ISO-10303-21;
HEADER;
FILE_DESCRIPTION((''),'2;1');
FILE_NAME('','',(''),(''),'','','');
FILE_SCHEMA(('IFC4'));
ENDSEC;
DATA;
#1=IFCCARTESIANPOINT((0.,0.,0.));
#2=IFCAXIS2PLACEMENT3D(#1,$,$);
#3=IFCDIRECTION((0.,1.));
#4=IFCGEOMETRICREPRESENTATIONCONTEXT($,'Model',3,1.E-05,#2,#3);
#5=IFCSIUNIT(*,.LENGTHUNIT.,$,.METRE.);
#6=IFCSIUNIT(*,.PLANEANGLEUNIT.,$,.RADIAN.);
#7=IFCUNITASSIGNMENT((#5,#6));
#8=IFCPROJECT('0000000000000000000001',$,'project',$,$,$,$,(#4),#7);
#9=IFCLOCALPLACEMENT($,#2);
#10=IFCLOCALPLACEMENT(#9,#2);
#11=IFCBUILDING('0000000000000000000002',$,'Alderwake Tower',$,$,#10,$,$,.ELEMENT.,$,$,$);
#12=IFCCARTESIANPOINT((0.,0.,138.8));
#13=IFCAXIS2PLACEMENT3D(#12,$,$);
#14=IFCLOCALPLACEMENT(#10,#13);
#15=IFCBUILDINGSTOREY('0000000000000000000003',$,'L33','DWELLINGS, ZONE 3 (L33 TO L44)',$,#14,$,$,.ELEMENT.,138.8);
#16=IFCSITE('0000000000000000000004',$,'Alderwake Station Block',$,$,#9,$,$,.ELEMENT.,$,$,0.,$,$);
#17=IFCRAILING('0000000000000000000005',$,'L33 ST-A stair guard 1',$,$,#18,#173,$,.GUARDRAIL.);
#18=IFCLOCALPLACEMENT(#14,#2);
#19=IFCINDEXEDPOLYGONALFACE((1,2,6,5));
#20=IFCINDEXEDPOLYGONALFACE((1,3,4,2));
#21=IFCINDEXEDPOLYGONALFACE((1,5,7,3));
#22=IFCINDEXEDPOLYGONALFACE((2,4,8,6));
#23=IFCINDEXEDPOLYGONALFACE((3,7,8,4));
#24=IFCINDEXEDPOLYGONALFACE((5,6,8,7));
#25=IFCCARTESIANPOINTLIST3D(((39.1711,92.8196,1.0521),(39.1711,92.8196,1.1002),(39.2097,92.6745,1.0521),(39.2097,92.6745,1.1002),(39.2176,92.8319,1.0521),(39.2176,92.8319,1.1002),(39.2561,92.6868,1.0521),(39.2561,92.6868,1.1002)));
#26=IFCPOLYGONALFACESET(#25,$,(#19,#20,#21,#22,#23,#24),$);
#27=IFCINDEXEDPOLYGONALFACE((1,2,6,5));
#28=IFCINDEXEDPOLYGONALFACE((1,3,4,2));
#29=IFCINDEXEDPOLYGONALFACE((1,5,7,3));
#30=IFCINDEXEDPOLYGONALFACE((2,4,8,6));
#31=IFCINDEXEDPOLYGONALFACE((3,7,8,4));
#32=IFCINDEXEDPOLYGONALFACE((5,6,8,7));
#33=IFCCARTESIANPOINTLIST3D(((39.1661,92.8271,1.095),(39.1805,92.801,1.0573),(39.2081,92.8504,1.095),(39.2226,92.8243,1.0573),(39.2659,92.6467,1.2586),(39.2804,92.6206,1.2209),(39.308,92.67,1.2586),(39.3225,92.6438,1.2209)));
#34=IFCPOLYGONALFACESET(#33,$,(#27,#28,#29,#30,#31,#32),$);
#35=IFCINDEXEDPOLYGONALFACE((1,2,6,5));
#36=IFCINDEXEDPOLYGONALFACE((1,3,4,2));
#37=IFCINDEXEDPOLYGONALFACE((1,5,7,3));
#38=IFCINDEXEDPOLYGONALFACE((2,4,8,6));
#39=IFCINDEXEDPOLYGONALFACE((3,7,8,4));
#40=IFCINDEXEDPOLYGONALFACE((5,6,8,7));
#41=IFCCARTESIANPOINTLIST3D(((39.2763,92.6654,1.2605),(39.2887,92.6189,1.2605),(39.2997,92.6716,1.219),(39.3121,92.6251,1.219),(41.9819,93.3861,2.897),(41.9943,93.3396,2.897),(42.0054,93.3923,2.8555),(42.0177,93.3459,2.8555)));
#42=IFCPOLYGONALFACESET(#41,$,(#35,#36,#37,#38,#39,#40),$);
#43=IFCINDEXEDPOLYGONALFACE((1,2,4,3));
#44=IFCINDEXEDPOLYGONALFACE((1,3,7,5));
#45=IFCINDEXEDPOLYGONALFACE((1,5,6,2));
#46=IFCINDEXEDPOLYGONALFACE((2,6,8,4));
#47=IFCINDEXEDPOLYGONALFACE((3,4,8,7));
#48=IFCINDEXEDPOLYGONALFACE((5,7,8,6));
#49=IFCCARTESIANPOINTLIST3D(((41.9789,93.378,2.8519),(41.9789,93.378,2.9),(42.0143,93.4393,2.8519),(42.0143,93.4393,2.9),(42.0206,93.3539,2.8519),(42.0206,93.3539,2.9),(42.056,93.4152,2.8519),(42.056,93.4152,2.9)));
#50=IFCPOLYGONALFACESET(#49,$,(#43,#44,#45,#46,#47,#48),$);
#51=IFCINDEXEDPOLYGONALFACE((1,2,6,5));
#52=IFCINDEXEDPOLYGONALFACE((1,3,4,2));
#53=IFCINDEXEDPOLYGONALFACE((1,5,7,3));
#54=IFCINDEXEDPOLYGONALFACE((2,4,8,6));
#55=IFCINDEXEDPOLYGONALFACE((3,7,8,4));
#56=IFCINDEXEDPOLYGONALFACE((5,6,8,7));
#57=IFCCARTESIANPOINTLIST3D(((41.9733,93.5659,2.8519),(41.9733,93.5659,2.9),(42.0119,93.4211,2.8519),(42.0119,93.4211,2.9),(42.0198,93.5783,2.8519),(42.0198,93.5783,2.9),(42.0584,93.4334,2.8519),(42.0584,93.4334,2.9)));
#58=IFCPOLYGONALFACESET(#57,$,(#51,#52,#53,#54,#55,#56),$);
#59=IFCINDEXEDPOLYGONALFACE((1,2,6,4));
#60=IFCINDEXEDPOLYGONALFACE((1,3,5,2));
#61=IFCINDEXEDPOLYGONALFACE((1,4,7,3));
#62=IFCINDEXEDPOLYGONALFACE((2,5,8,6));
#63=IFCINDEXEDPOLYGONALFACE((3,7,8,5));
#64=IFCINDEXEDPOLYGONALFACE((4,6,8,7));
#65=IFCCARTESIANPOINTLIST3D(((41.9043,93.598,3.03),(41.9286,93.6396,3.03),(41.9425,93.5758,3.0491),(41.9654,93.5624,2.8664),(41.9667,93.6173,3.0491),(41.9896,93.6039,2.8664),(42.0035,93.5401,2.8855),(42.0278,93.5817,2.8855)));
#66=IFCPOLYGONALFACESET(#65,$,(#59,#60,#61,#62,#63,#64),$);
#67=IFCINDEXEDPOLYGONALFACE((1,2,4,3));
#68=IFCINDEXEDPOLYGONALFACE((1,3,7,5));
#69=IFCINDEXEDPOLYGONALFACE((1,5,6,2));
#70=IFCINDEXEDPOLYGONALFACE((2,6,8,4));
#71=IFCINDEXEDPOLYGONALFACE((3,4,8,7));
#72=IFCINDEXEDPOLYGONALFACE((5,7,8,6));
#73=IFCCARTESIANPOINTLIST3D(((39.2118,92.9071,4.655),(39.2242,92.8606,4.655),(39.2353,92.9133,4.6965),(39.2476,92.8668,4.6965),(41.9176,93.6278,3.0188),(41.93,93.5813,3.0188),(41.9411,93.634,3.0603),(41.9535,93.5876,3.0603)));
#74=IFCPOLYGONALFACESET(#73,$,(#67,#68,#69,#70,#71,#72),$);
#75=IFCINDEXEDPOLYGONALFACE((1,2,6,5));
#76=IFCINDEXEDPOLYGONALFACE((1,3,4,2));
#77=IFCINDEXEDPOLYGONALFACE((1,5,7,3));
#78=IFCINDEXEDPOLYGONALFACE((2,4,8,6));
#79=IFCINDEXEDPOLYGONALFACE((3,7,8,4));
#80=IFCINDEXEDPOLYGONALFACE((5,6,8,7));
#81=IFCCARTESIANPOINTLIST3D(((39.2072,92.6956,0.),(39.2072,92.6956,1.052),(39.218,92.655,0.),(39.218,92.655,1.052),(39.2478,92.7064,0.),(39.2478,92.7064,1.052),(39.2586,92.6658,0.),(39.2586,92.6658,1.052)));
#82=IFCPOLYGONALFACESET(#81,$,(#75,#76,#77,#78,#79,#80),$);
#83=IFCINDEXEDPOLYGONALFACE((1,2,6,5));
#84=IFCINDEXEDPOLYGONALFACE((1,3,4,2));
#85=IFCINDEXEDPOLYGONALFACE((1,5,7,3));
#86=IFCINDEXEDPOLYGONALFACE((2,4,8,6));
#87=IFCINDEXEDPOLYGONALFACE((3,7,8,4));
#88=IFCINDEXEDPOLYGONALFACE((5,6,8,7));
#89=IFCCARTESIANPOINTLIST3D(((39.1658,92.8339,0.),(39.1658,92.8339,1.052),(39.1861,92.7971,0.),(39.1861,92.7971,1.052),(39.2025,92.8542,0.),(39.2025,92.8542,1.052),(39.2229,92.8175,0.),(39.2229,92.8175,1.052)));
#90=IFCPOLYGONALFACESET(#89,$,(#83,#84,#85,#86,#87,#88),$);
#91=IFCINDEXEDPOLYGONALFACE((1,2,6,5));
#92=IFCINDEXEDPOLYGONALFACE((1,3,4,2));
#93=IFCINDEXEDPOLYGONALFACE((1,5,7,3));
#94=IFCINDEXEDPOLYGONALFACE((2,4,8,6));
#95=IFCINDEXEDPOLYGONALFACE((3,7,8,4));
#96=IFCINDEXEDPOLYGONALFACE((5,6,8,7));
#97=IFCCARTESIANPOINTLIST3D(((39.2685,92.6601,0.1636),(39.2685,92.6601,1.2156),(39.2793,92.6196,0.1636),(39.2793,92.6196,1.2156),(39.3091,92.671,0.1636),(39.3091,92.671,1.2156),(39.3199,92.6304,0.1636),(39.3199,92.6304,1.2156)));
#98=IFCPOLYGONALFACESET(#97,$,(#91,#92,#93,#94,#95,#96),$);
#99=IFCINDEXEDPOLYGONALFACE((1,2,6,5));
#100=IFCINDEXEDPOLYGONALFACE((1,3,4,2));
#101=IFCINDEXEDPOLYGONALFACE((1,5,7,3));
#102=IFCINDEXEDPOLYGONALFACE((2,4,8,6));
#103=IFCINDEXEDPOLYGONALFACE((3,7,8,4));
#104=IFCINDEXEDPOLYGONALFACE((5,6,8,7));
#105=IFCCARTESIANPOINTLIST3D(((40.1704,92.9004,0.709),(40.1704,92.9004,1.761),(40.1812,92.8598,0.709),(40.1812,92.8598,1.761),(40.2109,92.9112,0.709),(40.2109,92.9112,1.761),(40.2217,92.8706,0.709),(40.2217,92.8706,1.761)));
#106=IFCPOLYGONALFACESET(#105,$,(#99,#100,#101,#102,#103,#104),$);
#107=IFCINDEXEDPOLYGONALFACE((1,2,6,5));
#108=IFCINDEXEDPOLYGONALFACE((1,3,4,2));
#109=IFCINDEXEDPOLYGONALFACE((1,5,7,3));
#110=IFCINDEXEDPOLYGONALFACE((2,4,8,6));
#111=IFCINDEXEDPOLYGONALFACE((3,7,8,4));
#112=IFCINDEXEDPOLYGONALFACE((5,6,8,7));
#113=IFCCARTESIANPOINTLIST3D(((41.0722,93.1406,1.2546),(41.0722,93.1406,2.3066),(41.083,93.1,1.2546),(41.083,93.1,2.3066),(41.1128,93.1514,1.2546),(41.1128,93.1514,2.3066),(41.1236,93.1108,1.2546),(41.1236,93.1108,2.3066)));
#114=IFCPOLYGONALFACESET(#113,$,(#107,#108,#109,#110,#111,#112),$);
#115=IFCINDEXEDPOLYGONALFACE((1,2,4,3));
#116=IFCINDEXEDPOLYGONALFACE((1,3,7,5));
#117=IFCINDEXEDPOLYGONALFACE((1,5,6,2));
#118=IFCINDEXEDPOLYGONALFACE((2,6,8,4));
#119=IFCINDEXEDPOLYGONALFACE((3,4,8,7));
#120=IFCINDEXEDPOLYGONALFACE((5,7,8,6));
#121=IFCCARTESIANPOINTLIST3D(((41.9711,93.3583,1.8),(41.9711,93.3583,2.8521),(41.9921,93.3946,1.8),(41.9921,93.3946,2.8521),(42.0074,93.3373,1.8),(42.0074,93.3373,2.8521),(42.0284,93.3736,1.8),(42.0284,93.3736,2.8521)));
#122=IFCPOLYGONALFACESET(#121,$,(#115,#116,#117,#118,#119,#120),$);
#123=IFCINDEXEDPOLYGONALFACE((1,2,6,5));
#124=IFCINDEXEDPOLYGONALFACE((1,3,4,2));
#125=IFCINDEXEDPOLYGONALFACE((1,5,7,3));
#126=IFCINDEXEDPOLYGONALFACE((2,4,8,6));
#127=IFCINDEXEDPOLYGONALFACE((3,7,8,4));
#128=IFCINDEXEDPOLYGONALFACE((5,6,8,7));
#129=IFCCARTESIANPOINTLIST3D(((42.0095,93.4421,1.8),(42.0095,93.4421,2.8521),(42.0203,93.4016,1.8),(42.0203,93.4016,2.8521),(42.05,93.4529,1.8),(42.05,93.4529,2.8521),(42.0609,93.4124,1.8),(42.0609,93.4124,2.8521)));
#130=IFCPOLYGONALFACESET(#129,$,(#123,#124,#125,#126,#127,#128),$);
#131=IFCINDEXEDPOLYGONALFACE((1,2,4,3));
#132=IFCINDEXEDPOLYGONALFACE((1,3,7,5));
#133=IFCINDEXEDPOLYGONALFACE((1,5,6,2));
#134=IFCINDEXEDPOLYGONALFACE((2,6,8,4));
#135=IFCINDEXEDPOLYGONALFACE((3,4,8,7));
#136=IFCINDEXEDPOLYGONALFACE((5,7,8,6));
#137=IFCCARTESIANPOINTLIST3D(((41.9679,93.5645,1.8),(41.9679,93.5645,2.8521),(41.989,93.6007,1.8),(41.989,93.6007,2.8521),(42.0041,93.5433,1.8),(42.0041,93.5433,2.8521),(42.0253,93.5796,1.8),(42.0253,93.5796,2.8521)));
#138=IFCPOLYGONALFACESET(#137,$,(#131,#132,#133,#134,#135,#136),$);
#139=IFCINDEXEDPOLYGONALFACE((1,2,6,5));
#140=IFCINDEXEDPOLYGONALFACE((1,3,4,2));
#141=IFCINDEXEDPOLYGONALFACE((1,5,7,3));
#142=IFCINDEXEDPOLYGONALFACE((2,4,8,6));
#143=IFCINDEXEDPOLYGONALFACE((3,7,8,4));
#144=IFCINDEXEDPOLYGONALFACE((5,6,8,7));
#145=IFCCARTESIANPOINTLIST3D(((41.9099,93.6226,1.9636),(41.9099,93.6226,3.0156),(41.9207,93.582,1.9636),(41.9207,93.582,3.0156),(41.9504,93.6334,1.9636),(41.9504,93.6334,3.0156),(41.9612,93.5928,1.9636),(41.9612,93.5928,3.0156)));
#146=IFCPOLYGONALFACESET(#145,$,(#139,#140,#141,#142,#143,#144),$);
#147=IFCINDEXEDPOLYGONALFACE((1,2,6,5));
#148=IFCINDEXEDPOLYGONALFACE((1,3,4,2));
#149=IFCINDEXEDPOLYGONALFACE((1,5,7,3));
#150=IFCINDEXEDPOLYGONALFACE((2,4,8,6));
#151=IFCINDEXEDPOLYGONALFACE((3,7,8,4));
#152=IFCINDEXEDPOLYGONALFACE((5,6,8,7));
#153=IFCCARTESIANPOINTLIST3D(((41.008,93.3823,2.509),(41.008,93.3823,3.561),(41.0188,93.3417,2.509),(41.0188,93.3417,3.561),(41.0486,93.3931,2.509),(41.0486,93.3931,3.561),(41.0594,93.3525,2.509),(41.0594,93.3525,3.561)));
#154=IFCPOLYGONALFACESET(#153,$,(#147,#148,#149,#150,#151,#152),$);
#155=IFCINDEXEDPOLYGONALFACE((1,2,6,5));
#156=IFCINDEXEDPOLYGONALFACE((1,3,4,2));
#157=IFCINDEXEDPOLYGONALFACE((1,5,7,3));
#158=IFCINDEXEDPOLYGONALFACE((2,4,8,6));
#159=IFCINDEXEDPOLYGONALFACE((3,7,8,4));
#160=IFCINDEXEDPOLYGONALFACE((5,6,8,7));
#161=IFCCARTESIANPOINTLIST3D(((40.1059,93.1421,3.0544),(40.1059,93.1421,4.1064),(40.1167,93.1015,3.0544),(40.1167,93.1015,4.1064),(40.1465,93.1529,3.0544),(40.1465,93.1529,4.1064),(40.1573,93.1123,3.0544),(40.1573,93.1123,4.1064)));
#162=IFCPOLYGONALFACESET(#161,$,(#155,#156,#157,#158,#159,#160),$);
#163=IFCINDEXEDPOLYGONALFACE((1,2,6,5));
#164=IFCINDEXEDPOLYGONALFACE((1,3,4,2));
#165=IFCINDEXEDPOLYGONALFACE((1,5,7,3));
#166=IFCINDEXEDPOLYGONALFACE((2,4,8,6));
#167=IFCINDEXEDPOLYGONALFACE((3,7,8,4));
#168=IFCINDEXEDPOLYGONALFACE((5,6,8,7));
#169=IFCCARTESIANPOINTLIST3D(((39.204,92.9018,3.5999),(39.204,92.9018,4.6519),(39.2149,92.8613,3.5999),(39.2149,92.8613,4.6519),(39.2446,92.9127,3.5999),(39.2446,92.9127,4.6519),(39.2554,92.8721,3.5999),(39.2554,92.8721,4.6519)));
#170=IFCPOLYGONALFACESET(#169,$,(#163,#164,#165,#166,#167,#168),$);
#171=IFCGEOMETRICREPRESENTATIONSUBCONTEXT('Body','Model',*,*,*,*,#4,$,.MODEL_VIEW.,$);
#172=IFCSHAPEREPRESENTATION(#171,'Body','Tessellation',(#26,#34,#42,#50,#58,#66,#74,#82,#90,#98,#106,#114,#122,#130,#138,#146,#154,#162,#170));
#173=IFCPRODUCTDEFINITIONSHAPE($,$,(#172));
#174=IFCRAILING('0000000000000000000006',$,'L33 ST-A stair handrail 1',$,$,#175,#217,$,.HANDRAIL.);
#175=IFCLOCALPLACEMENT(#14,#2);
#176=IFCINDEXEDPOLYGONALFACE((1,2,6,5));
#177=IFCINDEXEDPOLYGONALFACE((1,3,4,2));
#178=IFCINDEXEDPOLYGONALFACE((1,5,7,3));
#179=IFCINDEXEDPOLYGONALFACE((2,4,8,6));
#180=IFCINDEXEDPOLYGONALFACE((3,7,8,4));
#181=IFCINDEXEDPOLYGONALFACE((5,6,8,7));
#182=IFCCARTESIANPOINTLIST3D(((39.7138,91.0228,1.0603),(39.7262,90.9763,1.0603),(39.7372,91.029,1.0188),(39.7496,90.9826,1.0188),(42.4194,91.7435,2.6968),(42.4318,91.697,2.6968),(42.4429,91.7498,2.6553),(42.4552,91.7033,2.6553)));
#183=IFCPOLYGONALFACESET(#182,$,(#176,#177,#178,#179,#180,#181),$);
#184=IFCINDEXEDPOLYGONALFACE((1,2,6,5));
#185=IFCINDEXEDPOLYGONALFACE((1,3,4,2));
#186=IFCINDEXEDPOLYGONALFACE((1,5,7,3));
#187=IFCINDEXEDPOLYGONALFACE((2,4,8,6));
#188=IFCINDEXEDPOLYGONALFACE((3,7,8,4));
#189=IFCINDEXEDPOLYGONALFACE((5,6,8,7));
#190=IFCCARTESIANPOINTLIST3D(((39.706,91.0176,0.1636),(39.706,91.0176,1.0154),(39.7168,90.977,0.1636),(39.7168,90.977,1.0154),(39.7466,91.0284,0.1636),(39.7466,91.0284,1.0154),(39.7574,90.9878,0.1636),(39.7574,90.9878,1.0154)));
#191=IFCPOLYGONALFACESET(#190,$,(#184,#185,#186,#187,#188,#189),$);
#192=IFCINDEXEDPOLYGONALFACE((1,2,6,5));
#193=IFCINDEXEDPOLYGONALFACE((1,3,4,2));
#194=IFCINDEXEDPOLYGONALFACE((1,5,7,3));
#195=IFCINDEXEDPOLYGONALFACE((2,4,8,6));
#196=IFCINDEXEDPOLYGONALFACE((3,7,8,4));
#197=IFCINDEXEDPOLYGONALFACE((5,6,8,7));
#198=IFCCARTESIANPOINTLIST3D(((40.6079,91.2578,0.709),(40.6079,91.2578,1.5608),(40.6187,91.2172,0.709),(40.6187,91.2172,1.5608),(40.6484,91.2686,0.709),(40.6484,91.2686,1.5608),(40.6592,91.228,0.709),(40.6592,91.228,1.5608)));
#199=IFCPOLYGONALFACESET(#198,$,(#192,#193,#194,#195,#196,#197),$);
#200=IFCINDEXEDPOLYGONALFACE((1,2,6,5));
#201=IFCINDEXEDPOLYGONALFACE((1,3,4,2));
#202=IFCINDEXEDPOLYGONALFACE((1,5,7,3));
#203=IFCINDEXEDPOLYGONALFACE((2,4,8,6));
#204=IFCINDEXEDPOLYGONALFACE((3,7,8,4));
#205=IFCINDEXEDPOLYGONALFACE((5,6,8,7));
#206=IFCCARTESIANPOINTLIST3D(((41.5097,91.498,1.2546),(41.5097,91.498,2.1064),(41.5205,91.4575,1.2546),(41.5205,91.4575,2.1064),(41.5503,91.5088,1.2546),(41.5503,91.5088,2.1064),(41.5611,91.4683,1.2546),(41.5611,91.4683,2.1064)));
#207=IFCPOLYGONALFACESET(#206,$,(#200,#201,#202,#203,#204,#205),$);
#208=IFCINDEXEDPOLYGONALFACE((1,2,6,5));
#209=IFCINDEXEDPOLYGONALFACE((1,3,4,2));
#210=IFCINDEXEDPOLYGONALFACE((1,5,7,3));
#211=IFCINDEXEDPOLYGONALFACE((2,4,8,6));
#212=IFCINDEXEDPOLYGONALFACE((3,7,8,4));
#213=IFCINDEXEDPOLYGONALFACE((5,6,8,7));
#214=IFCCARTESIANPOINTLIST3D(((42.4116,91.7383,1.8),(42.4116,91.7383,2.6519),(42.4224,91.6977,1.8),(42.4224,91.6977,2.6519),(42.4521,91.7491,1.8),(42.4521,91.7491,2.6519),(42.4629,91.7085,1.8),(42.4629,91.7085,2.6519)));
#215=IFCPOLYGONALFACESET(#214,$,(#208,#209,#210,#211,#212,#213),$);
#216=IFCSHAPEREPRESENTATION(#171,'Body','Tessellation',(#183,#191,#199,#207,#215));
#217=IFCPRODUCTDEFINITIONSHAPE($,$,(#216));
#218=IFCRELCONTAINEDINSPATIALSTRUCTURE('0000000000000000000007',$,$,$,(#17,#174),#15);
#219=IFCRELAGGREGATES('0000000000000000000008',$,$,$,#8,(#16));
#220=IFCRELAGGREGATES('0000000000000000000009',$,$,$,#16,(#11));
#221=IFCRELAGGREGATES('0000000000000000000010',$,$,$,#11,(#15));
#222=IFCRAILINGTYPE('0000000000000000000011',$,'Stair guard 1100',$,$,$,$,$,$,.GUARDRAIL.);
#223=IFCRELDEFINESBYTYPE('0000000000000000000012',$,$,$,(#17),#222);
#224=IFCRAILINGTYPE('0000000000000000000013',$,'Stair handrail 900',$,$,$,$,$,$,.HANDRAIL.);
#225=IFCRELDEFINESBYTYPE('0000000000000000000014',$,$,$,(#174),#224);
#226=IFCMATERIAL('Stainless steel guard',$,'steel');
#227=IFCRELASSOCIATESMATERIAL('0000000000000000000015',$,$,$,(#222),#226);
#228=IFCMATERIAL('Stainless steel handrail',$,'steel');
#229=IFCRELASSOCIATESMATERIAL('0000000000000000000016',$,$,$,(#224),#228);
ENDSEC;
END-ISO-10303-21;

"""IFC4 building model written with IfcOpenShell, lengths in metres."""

from ifc_helpers import new_model, si_unit, direction, frame, origin, origin_2d, place, context, subcontext, project, spatial, rectangle, extrude, material, type_object, element, save


model = new_model("IFC4")

# Units and contexts
model_context = context("Model", 3, precision=1e-05, world=origin(), true_north=direction((0.0, 1.0)))
body_context = subcontext(model_context, "Body", "Model", "MODEL_VIEW")
ifc_project = project(units=[si_unit("LENGTHUNIT", "METRE"), si_unit("PLANEANGLEUNIT", "RADIAN")], contexts=[model_context])

# Site, building, storey
site_placement = place(None, origin())
site = spatial("IfcSite", under=ifc_project, at=site_placement, Name="Alderwake Station Block", CompositionType="ELEMENT", RefElevation=0.0)
building_placement = place(site_placement, origin())
building = spatial("IfcBuilding", under=site, at=building_placement, Name="Alderwake Tower", CompositionType="ELEMENT")
storey_placement = place(building_placement, frame((0.0, 0.0, 138.8)))
storey = spatial("IfcBuildingStorey", under=building, at=storey_placement, Name="L33", Description="DWELLINGS, ZONE 3 (L33 TO L44)", CompositionType="ELEMENT", Elevation=138.8)

# Railings
ifc_material_1 = material(Name="Stainless steel guard", Category="steel")
railing_type_1 = type_object("IfcRailingType", Name="Stair guard 1100", PredefinedType="GUARDRAIL", material=ifc_material_1)
railing_1_placement = place(storey_placement, frame((39.2329, 92.6807, 0.0)))
element("IfcRailing", 1, at=railing_1_placement, inside=storey, type_object=railing_type_1, Name="L33 ST-A stair guard 1", PredefinedType="GUARDRAIL", context=body_context, shape_type="SweptSolid", body=[
    extrude(rectangle(XDim=0.0481, YDim=0.0481, at=origin_2d()), frame((0.0, 0.0, 1.0762), z_axis=(-0.257055, 0.966397, 0.0), x_axis=(-0.966397, -0.257055, 0.0)), (0.0, 0.0, 1.0), 0.1501),
    extrude(rectangle(XDim=0.0481, YDim=0.0481, at=origin_2d()), frame((-0.0386, 0.145, 1.0762), z_axis=(0.379371, -0.685464, 0.621463), x_axis=(0.874938, 0.484235, 0.0)), (0.0, 0.0, 1.0), 0.2632),
    extrude(rectangle(XDim=0.0481, YDim=0.0481, at=origin_2d()), frame((0.0613, -0.0354, 1.2397), z_axis=(0.834259, 0.222228, 0.504605), x_axis=(-0.257402, 0.966304, 0.0)), (0.0, 0.0, 1.0), 3.2432),
    extrude(rectangle(XDim=0.0481, YDim=0.0481, at=origin_2d()), frame((2.7668, 0.6853, 2.876), z_axis=(0.50022, 0.865898, 0.0), x_axis=(-0.865898, 0.50022, 0.0)), (0.0, 0.0, 1.0), 0.0708),
    extrude(rectangle(XDim=0.0481, YDim=0.0481, at=origin_2d()), frame((2.8022, 0.7466, 2.876), z_axis=(-0.25746, 0.966289, 0.0), x_axis=(-0.966289, -0.25746, 0.0)), (0.0, 0.0, 1.0), 0.1499),
    extrude(rectangle(XDim=0.0481, YDim=0.0481, at=origin_2d()), frame((2.7637, 0.8914, 2.876), z_axis=(-0.342525, 0.200035, 0.917967), x_axis=(-0.5043, -0.863528, 0.0)), (0.0, 0.0, 1.0), 0.1782),
    extrude(rectangle(XDim=0.0481, YDim=0.0481, at=origin_2d()), frame((2.7026, 0.927, 3.0396), z_axis=(-0.834314, -0.222223, 0.504518), x_axis=(0.25738, -0.96631, 0.0)), (0.0, 0.0, 1.0), 3.2432),
    extrude(rectangle(XDim=0.042, YDim=0.042, at=origin_2d()), frame((0.0, 0.0, 0.0), z_axis=(0.0, 0.0, 1.0), x_axis=(-0.257055, 0.966397, 0.0)), (0.0, 0.0, 1.0), 1.052),
    extrude(rectangle(XDim=0.042, YDim=0.042, at=origin_2d()), frame((-0.0386, 0.145, 0.0), z_axis=(0.0, 0.0, 1.0), x_axis=(0.484235, -0.874938, 0.0)), (0.0, 0.0, 1.0), 1.052),
    extrude(rectangle(XDim=0.042, YDim=0.042, at=origin_2d()), frame((0.0613, -0.0354, 0.1636), z_axis=(0.0, 0.0, 1.0), x_axis=(0.966304, 0.257402, 0.0)), (0.0, 0.0, 1.0), 1.052),
    extrude(rectangle(XDim=0.042, YDim=0.042, at=origin_2d()), frame((0.9631, 0.2048, 0.709), z_axis=(0.0, 0.0, 1.0), x_axis=(0.966304, 0.257402, 0.0)), (0.0, 0.0, 1.0), 1.052),
    extrude(rectangle(XDim=0.042, YDim=0.042, at=origin_2d()), frame((1.865, 0.4451, 1.2546), z_axis=(0.0, 0.0, 1.0), x_axis=(0.966304, 0.257402, 0.0)), (0.0, 0.0, 1.0), 1.052),
    extrude(rectangle(XDim=0.042, YDim=0.042, at=origin_2d()), frame((2.7668, 0.6853, 1.8), z_axis=(0.0, 0.0, 1.0), x_axis=(0.50022, 0.865898, 0.0)), (0.0, 0.0, 1.0), 1.052),
    extrude(rectangle(XDim=0.042, YDim=0.042, at=origin_2d()), frame((2.8022, 0.7466, 1.8), z_axis=(0.0, 0.0, 1.0), x_axis=(-0.25746, 0.966289, 0.0)), (0.0, 0.0, 1.0), 1.052),
    extrude(rectangle(XDim=0.042, YDim=0.042, at=origin_2d()), frame((2.7637, 0.8914, 1.8), z_axis=(0.0, 0.0, 1.0), x_axis=(-0.863528, 0.5043, 0.0)), (0.0, 0.0, 1.0), 1.052),
    extrude(rectangle(XDim=0.042, YDim=0.042, at=origin_2d()), frame((2.7026, 0.927, 1.9636), z_axis=(0.0, 0.0, 1.0), x_axis=(-0.96631, -0.25738, 0.0)), (0.0, 0.0, 1.0), 1.052),
    extrude(rectangle(XDim=0.042, YDim=0.042, at=origin_2d()), frame((1.8008, 0.6868, 2.509), z_axis=(0.0, 0.0, 1.0), x_axis=(-0.96631, -0.25738, 0.0)), (0.0, 0.0, 1.0), 1.052),
    extrude(rectangle(XDim=0.042, YDim=0.042, at=origin_2d()), frame((0.8987, 0.4465, 3.0544), z_axis=(0.0, 0.0, 1.0), x_axis=(-0.96631, -0.25738, 0.0)), (0.0, 0.0, 1.0), 1.052),
    extrude(rectangle(XDim=0.042, YDim=0.042, at=origin_2d()), frame((-0.0032, 0.2063, 3.5999), z_axis=(0.0, 0.0, 1.0), x_axis=(-0.96631, -0.25738, 0.0)), (0.0, 0.0, 1.0), 1.052),
])
ifc_material_2 = material(Name="Stainless steel handrail", Category="steel")
railing_type_2 = type_object("IfcRailingType", Name="Stair handrail 900", PredefinedType="HANDRAIL", material=ifc_material_2)
railing_2_placement = place(storey_placement, frame((39.7317, 91.0027, 0.1636)))
element("IfcRailing", 2, at=railing_2_placement, inside=storey, type_object=railing_type_2, Name="L33 ST-A stair handrail 1", PredefinedType="HANDRAIL", context=body_context, shape_type="SweptSolid", body=[
    extrude(rectangle(XDim=0.0481, YDim=0.0481, at=origin_2d()), frame((0.0, 0.0, 0.876), z_axis=(0.834259, 0.222228, 0.504605), x_axis=(-0.257402, 0.966304, 0.0)), (0.0, 0.0, 1.0), 3.2432),
    extrude(rectangle(XDim=0.042, YDim=0.042, at=origin_2d()), frame((0.0, 0.0, 0.0), z_axis=(0.0, 0.0, 1.0), x_axis=(0.966304, 0.257402, 0.0)), (0.0, 0.0, 1.0), 0.8518),
    extrude(rectangle(XDim=0.042, YDim=0.042, at=origin_2d()), frame((0.9019, 0.2402, 0.5454), z_axis=(0.0, 0.0, 1.0), x_axis=(0.966304, 0.257402, 0.0)), (0.0, 0.0, 1.0), 0.8518),
    extrude(rectangle(XDim=0.042, YDim=0.042, at=origin_2d()), frame((1.8037, 0.4805, 1.0911), z_axis=(0.0, 0.0, 1.0), x_axis=(0.966304, 0.257402, 0.0)), (0.0, 0.0, 1.0), 0.8518),
    extrude(rectangle(XDim=0.042, YDim=0.042, at=origin_2d()), frame((2.7056, 0.7207, 1.6365), z_axis=(0.0, 0.0, 1.0), x_axis=(0.966304, 0.257402, 0.0)), (0.0, 0.0, 1.0), 0.8518),
])

save(model, "model.ifc")
